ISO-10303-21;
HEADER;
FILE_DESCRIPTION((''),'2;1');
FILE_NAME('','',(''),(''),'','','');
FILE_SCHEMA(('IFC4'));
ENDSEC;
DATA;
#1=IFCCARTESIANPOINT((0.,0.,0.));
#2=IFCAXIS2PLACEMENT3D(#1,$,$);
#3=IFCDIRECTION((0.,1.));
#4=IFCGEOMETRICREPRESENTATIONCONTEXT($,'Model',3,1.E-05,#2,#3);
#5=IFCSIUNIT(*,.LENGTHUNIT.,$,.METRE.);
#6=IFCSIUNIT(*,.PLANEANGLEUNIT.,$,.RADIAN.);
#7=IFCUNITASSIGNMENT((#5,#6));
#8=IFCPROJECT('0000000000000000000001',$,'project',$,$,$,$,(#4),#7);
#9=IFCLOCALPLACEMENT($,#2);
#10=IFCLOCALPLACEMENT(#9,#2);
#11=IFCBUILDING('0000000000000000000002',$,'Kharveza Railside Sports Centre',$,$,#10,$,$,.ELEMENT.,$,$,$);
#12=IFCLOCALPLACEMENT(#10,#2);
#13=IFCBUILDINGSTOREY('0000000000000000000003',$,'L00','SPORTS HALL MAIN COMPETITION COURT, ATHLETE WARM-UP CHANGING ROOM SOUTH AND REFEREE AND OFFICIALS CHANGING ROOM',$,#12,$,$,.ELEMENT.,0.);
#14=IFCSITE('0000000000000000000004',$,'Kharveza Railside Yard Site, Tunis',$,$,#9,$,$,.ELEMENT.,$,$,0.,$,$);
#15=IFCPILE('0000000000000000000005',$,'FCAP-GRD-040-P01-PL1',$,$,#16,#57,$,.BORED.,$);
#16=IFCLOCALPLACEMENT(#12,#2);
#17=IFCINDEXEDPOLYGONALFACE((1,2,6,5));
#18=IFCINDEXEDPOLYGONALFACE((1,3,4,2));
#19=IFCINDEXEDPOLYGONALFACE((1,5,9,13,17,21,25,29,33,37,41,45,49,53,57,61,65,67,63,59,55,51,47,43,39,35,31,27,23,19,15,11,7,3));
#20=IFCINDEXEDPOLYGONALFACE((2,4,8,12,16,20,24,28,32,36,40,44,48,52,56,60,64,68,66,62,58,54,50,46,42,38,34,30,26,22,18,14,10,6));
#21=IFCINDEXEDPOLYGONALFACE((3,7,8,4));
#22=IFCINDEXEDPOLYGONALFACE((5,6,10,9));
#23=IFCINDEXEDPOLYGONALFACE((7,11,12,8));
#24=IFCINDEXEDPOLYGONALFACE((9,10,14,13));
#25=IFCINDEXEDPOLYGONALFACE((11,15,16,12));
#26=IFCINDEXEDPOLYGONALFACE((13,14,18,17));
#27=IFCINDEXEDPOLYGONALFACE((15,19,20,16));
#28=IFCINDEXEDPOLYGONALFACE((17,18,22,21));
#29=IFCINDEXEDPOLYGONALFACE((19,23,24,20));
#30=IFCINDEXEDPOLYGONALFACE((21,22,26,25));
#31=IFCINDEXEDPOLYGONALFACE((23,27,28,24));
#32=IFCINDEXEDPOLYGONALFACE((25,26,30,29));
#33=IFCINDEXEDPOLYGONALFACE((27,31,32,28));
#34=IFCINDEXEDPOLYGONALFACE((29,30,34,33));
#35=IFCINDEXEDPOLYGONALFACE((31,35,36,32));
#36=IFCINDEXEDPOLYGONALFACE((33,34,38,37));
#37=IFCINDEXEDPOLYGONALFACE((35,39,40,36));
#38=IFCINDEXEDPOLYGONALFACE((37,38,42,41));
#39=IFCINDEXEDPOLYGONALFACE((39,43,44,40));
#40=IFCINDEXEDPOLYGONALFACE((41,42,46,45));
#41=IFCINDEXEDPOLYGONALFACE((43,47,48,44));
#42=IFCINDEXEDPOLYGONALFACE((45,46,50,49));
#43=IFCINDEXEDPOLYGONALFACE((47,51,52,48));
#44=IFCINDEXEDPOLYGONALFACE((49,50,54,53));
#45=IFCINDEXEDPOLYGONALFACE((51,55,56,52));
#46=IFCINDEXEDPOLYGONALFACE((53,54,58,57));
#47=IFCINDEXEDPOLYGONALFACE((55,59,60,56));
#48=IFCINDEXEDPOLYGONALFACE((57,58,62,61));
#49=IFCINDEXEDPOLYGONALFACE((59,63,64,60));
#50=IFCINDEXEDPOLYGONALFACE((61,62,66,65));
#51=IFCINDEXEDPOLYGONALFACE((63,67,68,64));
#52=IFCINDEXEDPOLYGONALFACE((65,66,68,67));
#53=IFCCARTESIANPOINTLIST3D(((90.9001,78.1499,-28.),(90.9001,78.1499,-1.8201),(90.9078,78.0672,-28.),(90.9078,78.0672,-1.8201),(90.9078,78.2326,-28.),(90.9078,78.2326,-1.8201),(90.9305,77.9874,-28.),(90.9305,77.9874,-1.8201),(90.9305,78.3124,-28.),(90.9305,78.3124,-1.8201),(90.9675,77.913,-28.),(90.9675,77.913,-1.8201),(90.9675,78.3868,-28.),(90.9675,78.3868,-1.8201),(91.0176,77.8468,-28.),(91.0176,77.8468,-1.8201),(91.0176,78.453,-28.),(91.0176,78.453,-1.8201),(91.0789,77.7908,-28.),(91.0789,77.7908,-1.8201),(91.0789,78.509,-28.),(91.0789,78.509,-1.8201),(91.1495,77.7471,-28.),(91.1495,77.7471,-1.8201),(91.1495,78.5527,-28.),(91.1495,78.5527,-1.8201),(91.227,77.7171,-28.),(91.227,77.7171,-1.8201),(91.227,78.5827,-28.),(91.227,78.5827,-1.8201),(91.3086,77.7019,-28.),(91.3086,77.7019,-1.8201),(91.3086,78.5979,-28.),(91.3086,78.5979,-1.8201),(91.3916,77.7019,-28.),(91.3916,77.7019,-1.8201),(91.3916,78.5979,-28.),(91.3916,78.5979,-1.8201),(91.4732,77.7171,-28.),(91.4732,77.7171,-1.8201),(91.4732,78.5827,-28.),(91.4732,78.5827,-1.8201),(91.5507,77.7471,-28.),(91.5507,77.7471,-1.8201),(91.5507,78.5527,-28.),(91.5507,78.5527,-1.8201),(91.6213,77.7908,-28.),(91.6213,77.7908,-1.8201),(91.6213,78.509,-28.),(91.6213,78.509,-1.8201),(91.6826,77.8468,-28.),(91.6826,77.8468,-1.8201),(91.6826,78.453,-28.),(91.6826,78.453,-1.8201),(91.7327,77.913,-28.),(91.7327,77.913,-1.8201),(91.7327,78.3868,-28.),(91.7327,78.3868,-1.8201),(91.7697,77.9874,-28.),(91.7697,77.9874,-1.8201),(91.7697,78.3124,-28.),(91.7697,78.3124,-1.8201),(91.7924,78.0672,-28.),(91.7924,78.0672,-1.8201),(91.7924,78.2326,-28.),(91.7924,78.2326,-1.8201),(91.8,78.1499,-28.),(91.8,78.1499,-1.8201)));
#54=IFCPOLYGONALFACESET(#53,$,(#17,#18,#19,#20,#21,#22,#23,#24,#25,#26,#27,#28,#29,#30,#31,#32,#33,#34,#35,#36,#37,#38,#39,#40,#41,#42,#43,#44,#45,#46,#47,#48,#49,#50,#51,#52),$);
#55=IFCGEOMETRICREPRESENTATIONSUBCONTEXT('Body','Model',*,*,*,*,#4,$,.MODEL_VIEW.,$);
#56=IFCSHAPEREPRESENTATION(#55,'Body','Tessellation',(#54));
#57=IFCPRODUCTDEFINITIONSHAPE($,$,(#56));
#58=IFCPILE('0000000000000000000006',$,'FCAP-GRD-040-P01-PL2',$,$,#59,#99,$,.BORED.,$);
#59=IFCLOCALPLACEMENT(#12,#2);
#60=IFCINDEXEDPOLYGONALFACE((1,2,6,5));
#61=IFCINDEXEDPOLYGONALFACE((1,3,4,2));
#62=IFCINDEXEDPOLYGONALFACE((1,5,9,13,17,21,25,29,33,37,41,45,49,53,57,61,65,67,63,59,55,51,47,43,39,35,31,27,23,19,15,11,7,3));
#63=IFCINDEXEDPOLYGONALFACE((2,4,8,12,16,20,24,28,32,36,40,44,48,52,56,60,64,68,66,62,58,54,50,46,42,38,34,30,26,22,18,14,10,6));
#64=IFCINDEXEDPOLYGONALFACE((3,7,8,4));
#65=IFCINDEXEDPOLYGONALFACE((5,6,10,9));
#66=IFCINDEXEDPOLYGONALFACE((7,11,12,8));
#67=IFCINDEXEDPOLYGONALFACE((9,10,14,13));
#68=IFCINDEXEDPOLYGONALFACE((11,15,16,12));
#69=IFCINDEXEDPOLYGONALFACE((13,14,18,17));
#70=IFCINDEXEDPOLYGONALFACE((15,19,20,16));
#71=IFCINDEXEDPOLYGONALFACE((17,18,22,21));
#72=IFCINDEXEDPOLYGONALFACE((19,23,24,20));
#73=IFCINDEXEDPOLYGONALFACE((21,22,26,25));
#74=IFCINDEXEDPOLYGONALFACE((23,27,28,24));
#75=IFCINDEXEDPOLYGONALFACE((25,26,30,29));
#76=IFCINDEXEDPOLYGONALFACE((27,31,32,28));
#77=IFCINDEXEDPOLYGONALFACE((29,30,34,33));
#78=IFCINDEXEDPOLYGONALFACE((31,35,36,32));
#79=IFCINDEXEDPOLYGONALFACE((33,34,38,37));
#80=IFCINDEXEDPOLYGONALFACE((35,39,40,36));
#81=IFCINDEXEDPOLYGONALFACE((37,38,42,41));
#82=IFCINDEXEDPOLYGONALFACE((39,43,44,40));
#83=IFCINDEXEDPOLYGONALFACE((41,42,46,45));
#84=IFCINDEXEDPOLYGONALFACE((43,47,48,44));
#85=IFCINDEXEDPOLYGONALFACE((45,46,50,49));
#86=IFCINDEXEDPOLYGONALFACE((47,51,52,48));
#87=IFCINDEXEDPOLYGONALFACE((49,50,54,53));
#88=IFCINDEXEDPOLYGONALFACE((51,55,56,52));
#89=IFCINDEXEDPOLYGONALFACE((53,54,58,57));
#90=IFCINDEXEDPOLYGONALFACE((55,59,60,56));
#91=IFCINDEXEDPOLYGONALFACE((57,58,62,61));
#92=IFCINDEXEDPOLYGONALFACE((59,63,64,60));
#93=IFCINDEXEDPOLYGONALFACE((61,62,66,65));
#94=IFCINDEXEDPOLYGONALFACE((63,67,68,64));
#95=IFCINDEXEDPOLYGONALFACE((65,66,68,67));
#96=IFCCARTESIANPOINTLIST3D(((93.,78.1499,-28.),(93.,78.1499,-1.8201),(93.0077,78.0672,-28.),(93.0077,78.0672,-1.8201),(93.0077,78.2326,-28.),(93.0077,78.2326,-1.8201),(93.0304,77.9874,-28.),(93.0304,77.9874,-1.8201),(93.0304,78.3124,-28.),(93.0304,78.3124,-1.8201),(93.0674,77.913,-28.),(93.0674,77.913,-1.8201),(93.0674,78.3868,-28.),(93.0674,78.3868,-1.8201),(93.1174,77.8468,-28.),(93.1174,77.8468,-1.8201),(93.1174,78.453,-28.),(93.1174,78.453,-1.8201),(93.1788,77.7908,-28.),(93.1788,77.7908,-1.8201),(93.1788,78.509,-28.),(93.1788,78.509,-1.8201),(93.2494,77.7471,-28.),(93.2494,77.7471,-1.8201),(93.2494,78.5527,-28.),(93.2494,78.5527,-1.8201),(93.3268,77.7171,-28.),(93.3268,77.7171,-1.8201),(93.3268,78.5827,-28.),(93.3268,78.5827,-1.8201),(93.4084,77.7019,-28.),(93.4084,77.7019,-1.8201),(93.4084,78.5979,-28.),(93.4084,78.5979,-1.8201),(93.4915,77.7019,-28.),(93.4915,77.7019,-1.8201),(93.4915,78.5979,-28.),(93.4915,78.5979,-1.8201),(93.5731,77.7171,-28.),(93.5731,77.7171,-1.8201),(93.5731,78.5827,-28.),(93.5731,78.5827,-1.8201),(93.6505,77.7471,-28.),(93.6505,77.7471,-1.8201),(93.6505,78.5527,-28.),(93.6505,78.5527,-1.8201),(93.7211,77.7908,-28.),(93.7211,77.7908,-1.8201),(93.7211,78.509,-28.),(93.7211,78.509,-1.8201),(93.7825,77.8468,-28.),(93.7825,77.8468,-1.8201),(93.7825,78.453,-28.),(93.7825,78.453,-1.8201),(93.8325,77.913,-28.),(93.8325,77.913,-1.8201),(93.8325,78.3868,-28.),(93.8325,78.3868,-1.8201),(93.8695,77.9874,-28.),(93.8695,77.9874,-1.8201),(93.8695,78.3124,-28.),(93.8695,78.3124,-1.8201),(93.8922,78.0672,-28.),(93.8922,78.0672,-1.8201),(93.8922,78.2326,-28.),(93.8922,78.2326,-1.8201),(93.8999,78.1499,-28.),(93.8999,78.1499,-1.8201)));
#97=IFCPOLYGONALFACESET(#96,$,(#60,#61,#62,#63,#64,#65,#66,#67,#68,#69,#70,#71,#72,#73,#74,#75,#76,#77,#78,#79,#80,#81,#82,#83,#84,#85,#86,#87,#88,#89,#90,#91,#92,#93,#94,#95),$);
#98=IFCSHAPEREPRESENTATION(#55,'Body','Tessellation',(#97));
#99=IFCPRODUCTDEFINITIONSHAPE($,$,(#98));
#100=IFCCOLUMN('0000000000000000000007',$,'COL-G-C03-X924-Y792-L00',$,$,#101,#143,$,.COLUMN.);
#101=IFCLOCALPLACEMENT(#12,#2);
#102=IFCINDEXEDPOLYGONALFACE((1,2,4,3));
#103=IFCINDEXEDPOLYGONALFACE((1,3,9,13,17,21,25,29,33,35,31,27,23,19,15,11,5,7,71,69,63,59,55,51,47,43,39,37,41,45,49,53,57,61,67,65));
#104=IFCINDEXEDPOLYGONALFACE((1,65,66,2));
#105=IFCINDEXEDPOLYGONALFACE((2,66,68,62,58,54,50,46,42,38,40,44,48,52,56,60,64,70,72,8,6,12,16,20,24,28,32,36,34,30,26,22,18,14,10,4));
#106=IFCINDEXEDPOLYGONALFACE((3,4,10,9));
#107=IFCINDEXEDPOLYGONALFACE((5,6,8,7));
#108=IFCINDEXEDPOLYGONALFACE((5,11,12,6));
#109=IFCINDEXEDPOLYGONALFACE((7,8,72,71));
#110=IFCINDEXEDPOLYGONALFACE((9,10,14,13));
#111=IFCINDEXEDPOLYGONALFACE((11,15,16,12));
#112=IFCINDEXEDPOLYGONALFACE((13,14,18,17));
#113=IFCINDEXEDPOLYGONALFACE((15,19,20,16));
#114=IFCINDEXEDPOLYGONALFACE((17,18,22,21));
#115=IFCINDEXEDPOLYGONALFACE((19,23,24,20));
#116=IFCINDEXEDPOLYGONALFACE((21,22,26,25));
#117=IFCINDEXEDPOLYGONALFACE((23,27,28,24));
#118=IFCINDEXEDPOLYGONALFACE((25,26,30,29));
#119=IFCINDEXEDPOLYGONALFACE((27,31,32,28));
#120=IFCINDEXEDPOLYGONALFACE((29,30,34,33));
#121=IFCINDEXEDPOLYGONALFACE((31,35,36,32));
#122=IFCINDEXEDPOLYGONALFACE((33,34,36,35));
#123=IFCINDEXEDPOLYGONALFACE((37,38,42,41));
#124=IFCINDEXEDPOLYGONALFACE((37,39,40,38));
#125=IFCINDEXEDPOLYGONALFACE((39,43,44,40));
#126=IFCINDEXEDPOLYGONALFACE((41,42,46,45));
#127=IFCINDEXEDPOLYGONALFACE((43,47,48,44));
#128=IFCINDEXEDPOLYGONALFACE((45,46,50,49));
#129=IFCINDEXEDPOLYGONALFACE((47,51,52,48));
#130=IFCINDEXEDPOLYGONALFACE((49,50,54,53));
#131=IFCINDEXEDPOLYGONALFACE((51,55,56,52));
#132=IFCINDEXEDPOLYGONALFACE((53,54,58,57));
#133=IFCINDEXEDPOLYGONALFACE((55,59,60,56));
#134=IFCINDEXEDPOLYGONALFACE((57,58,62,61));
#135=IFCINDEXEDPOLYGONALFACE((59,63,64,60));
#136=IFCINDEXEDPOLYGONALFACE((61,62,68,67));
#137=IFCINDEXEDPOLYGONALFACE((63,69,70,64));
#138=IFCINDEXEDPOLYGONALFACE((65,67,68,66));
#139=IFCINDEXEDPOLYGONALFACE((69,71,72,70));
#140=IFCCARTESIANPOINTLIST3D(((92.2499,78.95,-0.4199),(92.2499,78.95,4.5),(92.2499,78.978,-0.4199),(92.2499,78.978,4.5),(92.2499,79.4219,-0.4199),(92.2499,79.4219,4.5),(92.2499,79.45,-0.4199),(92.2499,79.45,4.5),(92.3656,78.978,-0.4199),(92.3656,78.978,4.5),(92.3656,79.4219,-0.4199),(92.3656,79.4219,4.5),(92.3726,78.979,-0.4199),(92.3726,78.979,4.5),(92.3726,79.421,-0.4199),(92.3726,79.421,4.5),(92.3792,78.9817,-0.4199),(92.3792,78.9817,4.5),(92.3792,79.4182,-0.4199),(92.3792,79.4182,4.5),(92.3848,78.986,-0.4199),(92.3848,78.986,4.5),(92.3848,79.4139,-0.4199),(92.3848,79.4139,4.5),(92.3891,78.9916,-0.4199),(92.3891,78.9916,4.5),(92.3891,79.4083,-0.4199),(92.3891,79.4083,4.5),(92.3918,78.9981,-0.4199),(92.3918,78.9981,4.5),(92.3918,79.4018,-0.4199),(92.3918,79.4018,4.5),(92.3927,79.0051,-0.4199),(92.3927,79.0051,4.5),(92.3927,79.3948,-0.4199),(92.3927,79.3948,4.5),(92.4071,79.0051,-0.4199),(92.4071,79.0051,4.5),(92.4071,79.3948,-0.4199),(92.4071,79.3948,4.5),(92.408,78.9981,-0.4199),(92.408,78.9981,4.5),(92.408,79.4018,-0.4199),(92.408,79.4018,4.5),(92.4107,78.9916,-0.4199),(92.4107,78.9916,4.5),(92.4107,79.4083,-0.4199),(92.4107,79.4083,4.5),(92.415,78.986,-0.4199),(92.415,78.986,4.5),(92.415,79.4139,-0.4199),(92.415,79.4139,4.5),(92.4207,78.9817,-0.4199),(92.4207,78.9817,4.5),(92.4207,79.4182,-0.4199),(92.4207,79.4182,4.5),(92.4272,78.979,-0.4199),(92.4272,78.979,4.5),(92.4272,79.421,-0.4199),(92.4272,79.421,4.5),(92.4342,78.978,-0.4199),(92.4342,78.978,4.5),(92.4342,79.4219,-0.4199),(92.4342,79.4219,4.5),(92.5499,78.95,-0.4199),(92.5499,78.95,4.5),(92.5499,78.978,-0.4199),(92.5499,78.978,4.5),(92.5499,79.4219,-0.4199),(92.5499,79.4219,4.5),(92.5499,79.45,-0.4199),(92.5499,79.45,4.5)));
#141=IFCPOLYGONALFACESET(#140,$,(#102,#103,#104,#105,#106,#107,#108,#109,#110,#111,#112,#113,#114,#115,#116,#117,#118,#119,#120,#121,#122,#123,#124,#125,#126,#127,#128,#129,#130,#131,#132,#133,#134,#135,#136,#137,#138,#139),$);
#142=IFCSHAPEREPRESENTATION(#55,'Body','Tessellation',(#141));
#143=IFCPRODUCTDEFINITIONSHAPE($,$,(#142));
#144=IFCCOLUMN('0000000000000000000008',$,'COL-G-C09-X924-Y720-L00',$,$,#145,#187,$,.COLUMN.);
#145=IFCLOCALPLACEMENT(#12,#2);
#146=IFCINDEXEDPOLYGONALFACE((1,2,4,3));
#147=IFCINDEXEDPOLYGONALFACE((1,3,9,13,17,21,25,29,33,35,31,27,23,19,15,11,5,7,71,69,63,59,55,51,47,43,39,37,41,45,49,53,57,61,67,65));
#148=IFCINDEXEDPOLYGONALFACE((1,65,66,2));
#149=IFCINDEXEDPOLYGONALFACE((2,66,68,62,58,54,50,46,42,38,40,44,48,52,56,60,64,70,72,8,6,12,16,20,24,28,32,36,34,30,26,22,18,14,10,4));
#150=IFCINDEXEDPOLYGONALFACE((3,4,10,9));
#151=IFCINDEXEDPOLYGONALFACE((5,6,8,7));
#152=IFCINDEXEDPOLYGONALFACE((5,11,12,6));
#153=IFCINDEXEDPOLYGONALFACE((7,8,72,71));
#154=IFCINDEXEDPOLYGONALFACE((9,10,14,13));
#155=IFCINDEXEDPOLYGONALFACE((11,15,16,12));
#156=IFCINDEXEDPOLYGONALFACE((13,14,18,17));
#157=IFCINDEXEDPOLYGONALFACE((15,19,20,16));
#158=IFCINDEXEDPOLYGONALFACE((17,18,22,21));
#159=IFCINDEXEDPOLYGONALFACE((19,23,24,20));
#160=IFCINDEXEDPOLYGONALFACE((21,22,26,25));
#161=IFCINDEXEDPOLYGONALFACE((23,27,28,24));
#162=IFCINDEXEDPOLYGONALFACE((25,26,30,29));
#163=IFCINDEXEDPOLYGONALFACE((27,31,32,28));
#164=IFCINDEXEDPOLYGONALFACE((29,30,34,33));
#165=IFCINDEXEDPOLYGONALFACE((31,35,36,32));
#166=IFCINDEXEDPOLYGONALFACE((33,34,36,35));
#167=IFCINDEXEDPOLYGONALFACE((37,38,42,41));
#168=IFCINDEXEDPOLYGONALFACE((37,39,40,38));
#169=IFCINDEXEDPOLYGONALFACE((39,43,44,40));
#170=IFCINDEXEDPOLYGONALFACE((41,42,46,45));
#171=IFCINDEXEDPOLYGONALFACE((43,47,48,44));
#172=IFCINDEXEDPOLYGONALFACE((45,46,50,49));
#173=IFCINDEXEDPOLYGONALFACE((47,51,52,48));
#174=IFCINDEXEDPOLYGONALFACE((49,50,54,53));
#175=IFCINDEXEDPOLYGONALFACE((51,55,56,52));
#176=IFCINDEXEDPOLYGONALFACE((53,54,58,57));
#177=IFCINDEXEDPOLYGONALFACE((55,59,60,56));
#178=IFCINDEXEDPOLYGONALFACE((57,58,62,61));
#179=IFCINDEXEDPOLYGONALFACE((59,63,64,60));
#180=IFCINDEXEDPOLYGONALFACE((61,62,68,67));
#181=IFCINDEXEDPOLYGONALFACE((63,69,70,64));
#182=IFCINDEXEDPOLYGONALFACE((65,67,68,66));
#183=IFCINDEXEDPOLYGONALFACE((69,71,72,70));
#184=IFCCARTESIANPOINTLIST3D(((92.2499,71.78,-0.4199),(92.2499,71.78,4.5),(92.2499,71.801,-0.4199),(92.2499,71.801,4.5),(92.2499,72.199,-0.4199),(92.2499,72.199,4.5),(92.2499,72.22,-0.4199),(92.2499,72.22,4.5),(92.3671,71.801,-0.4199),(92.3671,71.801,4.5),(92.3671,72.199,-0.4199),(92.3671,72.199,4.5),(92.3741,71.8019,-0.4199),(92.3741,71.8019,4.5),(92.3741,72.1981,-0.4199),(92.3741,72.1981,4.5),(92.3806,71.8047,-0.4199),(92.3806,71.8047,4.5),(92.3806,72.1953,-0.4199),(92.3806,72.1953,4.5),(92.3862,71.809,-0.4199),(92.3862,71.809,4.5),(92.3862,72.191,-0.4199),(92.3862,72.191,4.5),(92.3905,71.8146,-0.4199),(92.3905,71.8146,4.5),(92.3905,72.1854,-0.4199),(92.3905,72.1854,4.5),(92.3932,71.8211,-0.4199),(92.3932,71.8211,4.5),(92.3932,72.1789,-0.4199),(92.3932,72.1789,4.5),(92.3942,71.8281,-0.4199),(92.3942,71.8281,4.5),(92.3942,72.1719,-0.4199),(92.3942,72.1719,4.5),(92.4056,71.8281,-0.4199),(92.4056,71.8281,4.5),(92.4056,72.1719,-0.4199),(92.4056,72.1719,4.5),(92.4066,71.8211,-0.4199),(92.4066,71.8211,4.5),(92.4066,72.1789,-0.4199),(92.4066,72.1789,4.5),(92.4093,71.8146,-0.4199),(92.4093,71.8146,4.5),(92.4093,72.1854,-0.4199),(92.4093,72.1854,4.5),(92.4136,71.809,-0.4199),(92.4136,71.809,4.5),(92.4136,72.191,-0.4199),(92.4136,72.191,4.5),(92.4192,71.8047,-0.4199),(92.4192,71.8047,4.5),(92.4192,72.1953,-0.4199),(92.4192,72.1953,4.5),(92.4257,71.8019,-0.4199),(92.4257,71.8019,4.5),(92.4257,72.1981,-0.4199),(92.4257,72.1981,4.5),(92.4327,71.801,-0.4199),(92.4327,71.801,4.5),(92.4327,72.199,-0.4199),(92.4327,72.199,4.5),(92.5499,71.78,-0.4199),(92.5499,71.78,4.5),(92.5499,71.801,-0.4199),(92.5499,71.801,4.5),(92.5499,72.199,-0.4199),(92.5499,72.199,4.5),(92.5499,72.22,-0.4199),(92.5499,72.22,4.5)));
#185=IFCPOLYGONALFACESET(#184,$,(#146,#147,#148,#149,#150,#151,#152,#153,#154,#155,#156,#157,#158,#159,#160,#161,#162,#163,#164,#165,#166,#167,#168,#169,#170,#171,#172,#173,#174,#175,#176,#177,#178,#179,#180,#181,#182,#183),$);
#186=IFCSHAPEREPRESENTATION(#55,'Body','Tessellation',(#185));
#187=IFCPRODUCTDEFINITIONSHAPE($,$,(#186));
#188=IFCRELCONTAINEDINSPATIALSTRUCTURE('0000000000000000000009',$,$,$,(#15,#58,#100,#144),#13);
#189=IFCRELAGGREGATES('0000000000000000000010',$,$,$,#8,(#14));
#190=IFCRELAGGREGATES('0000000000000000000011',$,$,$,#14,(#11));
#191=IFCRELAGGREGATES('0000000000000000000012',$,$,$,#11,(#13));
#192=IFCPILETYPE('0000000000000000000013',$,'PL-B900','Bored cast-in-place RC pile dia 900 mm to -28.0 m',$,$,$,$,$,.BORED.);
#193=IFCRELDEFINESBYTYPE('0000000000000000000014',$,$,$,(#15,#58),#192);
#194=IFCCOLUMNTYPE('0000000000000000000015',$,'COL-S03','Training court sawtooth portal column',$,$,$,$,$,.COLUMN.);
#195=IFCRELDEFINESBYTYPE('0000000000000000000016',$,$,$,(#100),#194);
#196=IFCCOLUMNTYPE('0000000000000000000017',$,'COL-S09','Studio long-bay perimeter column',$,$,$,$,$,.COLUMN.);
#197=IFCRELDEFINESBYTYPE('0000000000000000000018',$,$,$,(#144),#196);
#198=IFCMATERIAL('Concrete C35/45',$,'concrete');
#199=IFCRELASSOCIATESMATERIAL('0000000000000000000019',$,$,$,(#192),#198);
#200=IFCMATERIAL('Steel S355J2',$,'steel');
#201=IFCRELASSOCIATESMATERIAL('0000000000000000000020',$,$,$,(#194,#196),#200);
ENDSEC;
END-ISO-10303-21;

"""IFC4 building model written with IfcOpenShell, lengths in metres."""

from ifc_helpers import new_model, si_unit, direction, frame, origin, origin_2d, place, context, subcontext, project, spatial, circle, i_section, extrude, material, material_profile, profile_set, type_object, element, save


model = new_model("IFC4")

# Units and contexts
model_context = context("Model", 3, precision=1e-05, world=origin(), true_north=direction((0.0, 1.0)))
body_context = subcontext(model_context, "Body", "Model", "MODEL_VIEW")
ifc_project = project(units=[si_unit("LENGTHUNIT", "METRE"), si_unit("PLANEANGLEUNIT", "RADIAN")], contexts=[model_context])

# Site, building, storey
site_placement = place(None, origin())
site = spatial("IfcSite", under=ifc_project, at=site_placement, Name="Kharveza Railside Yard Site, Tunis", CompositionType="ELEMENT", RefElevation=0.0)
building_placement = place(site_placement, origin())
building = spatial("IfcBuilding", under=site, at=building_placement, Name="Kharveza Railside Sports Centre", CompositionType="ELEMENT")
storey_placement = place(building_placement, origin())
storey = spatial("IfcBuildingStorey", under=building, at=storey_placement, Name="L00", Description="SPORTS HALL MAIN COMPETITION COURT, ATHLETE WARM-UP CHANGING ROOM SOUTH AND REFEREE AND OFFICIALS CHANGING ROOM", CompositionType="ELEMENT", Elevation=0.0)

# Shared definitions
ifc_material_1 = material(Name="Concrete C35/45", Category="concrete")

# Piles
ifc_material_profile_1 = material_profile(ifc_material_1, circle(Radius=0.45, at=origin_2d()), Name="PILE D900")
ifc_profile_set_1 = profile_set([ifc_material_profile_1], Name="Concrete C35/45")
pile_type = type_object("IfcPileType", Name="PL-B900", Description="Bored cast-in-place RC pile dia 900 mm to -28.0 m", PredefinedType="BORED", material=ifc_profile_set_1)
for number, where, z_axis, x_axis, name in (
    (1, (91.3501, 78.1499, -1.8201), (0.0, 0.0, -1.0), (1.0, 0.0, 0.0), "FCAP-GRD-040-P01-PL1"),
    (2, (93.45, 78.1499, -1.8201), (0.0, 0.0, -1.0), (1.0, 0.0, 0.0), "FCAP-GRD-040-P01-PL2"),
):
    element("IfcPile", number, at=place(storey_placement, frame(where, z_axis=z_axis, x_axis=x_axis)), inside=storey, type_object=pile_type, Name=name, PredefinedType="BORED", context=body_context, shape_type="SweptSolid", body=[
        extrude(circle(Radius=0.45, at=origin_2d()), origin(), (0.0, 0.0, 1.0), 26.1799),
    ])

# Columns
ifc_material_2 = material(Name="Steel S355J2", Category="steel")
ifc_material_profile_2 = material_profile(ifc_material_2, i_section(OverallWidth=0.3, OverallDepth=0.5, WebThickness=0.0144, FlangeThickness=0.0281, FilletRadius=0.0271, at=origin_2d()), Name="HEB 500")
ifc_profile_set_2 = profile_set([ifc_material_profile_2], Name="Steel S355J2")
column_type_1 = type_object("IfcColumnType", Name="COL-S03", Description="Training court sawtooth portal column", PredefinedType="COLUMN", material=ifc_profile_set_2)
column_1_placement = place(storey_placement, frame((92.3999, 79.2, -0.4199), z_axis=(0.0, 0.0, 1.0), x_axis=(1.0, 0.0, 0.0)))
element("IfcColumn", 3, at=column_1_placement, inside=storey, type_object=column_type_1, Name="COL-G-C03-X924-Y792-L00", PredefinedType="COLUMN", context=body_context, shape_type="SweptSolid", body=[
    extrude(i_section(OverallWidth=0.3, OverallDepth=0.5, WebThickness=0.0144, FlangeThickness=0.0281, FilletRadius=0.0271, at=origin_2d()), origin(), (0.0, 0.0, 1.0), 4.9199),
])
ifc_material_profile_3 = material_profile(ifc_material_2, i_section(OverallWidth=0.3, OverallDepth=0.4399, WebThickness=0.0115, FlangeThickness=0.021, FilletRadius=0.0271, at=origin_2d()), Name="HEA 450")
ifc_profile_set_3 = profile_set([ifc_material_profile_3], Name="Steel S355J2")
column_type_2 = type_object("IfcColumnType", Name="COL-S09", Description="Studio long-bay perimeter column", PredefinedType="COLUMN", material=ifc_profile_set_3)
column_2_placement = place(storey_placement, frame((92.3999, 72.0, -0.4199), z_axis=(0.0, 0.0, 1.0), x_axis=(1.0, 0.0, 0.0)))
element("IfcColumn", 4, at=column_2_placement, inside=storey, type_object=column_type_2, Name="COL-G-C09-X924-Y720-L00", PredefinedType="COLUMN", context=body_context, shape_type="SweptSolid", body=[
    extrude(i_section(OverallWidth=0.3, OverallDepth=0.4399, WebThickness=0.0115, FlangeThickness=0.021, FilletRadius=0.0271, at=origin_2d()), origin(), (0.0, 0.0, 1.0), 4.9199),
])

save(model, "model.ifc")
